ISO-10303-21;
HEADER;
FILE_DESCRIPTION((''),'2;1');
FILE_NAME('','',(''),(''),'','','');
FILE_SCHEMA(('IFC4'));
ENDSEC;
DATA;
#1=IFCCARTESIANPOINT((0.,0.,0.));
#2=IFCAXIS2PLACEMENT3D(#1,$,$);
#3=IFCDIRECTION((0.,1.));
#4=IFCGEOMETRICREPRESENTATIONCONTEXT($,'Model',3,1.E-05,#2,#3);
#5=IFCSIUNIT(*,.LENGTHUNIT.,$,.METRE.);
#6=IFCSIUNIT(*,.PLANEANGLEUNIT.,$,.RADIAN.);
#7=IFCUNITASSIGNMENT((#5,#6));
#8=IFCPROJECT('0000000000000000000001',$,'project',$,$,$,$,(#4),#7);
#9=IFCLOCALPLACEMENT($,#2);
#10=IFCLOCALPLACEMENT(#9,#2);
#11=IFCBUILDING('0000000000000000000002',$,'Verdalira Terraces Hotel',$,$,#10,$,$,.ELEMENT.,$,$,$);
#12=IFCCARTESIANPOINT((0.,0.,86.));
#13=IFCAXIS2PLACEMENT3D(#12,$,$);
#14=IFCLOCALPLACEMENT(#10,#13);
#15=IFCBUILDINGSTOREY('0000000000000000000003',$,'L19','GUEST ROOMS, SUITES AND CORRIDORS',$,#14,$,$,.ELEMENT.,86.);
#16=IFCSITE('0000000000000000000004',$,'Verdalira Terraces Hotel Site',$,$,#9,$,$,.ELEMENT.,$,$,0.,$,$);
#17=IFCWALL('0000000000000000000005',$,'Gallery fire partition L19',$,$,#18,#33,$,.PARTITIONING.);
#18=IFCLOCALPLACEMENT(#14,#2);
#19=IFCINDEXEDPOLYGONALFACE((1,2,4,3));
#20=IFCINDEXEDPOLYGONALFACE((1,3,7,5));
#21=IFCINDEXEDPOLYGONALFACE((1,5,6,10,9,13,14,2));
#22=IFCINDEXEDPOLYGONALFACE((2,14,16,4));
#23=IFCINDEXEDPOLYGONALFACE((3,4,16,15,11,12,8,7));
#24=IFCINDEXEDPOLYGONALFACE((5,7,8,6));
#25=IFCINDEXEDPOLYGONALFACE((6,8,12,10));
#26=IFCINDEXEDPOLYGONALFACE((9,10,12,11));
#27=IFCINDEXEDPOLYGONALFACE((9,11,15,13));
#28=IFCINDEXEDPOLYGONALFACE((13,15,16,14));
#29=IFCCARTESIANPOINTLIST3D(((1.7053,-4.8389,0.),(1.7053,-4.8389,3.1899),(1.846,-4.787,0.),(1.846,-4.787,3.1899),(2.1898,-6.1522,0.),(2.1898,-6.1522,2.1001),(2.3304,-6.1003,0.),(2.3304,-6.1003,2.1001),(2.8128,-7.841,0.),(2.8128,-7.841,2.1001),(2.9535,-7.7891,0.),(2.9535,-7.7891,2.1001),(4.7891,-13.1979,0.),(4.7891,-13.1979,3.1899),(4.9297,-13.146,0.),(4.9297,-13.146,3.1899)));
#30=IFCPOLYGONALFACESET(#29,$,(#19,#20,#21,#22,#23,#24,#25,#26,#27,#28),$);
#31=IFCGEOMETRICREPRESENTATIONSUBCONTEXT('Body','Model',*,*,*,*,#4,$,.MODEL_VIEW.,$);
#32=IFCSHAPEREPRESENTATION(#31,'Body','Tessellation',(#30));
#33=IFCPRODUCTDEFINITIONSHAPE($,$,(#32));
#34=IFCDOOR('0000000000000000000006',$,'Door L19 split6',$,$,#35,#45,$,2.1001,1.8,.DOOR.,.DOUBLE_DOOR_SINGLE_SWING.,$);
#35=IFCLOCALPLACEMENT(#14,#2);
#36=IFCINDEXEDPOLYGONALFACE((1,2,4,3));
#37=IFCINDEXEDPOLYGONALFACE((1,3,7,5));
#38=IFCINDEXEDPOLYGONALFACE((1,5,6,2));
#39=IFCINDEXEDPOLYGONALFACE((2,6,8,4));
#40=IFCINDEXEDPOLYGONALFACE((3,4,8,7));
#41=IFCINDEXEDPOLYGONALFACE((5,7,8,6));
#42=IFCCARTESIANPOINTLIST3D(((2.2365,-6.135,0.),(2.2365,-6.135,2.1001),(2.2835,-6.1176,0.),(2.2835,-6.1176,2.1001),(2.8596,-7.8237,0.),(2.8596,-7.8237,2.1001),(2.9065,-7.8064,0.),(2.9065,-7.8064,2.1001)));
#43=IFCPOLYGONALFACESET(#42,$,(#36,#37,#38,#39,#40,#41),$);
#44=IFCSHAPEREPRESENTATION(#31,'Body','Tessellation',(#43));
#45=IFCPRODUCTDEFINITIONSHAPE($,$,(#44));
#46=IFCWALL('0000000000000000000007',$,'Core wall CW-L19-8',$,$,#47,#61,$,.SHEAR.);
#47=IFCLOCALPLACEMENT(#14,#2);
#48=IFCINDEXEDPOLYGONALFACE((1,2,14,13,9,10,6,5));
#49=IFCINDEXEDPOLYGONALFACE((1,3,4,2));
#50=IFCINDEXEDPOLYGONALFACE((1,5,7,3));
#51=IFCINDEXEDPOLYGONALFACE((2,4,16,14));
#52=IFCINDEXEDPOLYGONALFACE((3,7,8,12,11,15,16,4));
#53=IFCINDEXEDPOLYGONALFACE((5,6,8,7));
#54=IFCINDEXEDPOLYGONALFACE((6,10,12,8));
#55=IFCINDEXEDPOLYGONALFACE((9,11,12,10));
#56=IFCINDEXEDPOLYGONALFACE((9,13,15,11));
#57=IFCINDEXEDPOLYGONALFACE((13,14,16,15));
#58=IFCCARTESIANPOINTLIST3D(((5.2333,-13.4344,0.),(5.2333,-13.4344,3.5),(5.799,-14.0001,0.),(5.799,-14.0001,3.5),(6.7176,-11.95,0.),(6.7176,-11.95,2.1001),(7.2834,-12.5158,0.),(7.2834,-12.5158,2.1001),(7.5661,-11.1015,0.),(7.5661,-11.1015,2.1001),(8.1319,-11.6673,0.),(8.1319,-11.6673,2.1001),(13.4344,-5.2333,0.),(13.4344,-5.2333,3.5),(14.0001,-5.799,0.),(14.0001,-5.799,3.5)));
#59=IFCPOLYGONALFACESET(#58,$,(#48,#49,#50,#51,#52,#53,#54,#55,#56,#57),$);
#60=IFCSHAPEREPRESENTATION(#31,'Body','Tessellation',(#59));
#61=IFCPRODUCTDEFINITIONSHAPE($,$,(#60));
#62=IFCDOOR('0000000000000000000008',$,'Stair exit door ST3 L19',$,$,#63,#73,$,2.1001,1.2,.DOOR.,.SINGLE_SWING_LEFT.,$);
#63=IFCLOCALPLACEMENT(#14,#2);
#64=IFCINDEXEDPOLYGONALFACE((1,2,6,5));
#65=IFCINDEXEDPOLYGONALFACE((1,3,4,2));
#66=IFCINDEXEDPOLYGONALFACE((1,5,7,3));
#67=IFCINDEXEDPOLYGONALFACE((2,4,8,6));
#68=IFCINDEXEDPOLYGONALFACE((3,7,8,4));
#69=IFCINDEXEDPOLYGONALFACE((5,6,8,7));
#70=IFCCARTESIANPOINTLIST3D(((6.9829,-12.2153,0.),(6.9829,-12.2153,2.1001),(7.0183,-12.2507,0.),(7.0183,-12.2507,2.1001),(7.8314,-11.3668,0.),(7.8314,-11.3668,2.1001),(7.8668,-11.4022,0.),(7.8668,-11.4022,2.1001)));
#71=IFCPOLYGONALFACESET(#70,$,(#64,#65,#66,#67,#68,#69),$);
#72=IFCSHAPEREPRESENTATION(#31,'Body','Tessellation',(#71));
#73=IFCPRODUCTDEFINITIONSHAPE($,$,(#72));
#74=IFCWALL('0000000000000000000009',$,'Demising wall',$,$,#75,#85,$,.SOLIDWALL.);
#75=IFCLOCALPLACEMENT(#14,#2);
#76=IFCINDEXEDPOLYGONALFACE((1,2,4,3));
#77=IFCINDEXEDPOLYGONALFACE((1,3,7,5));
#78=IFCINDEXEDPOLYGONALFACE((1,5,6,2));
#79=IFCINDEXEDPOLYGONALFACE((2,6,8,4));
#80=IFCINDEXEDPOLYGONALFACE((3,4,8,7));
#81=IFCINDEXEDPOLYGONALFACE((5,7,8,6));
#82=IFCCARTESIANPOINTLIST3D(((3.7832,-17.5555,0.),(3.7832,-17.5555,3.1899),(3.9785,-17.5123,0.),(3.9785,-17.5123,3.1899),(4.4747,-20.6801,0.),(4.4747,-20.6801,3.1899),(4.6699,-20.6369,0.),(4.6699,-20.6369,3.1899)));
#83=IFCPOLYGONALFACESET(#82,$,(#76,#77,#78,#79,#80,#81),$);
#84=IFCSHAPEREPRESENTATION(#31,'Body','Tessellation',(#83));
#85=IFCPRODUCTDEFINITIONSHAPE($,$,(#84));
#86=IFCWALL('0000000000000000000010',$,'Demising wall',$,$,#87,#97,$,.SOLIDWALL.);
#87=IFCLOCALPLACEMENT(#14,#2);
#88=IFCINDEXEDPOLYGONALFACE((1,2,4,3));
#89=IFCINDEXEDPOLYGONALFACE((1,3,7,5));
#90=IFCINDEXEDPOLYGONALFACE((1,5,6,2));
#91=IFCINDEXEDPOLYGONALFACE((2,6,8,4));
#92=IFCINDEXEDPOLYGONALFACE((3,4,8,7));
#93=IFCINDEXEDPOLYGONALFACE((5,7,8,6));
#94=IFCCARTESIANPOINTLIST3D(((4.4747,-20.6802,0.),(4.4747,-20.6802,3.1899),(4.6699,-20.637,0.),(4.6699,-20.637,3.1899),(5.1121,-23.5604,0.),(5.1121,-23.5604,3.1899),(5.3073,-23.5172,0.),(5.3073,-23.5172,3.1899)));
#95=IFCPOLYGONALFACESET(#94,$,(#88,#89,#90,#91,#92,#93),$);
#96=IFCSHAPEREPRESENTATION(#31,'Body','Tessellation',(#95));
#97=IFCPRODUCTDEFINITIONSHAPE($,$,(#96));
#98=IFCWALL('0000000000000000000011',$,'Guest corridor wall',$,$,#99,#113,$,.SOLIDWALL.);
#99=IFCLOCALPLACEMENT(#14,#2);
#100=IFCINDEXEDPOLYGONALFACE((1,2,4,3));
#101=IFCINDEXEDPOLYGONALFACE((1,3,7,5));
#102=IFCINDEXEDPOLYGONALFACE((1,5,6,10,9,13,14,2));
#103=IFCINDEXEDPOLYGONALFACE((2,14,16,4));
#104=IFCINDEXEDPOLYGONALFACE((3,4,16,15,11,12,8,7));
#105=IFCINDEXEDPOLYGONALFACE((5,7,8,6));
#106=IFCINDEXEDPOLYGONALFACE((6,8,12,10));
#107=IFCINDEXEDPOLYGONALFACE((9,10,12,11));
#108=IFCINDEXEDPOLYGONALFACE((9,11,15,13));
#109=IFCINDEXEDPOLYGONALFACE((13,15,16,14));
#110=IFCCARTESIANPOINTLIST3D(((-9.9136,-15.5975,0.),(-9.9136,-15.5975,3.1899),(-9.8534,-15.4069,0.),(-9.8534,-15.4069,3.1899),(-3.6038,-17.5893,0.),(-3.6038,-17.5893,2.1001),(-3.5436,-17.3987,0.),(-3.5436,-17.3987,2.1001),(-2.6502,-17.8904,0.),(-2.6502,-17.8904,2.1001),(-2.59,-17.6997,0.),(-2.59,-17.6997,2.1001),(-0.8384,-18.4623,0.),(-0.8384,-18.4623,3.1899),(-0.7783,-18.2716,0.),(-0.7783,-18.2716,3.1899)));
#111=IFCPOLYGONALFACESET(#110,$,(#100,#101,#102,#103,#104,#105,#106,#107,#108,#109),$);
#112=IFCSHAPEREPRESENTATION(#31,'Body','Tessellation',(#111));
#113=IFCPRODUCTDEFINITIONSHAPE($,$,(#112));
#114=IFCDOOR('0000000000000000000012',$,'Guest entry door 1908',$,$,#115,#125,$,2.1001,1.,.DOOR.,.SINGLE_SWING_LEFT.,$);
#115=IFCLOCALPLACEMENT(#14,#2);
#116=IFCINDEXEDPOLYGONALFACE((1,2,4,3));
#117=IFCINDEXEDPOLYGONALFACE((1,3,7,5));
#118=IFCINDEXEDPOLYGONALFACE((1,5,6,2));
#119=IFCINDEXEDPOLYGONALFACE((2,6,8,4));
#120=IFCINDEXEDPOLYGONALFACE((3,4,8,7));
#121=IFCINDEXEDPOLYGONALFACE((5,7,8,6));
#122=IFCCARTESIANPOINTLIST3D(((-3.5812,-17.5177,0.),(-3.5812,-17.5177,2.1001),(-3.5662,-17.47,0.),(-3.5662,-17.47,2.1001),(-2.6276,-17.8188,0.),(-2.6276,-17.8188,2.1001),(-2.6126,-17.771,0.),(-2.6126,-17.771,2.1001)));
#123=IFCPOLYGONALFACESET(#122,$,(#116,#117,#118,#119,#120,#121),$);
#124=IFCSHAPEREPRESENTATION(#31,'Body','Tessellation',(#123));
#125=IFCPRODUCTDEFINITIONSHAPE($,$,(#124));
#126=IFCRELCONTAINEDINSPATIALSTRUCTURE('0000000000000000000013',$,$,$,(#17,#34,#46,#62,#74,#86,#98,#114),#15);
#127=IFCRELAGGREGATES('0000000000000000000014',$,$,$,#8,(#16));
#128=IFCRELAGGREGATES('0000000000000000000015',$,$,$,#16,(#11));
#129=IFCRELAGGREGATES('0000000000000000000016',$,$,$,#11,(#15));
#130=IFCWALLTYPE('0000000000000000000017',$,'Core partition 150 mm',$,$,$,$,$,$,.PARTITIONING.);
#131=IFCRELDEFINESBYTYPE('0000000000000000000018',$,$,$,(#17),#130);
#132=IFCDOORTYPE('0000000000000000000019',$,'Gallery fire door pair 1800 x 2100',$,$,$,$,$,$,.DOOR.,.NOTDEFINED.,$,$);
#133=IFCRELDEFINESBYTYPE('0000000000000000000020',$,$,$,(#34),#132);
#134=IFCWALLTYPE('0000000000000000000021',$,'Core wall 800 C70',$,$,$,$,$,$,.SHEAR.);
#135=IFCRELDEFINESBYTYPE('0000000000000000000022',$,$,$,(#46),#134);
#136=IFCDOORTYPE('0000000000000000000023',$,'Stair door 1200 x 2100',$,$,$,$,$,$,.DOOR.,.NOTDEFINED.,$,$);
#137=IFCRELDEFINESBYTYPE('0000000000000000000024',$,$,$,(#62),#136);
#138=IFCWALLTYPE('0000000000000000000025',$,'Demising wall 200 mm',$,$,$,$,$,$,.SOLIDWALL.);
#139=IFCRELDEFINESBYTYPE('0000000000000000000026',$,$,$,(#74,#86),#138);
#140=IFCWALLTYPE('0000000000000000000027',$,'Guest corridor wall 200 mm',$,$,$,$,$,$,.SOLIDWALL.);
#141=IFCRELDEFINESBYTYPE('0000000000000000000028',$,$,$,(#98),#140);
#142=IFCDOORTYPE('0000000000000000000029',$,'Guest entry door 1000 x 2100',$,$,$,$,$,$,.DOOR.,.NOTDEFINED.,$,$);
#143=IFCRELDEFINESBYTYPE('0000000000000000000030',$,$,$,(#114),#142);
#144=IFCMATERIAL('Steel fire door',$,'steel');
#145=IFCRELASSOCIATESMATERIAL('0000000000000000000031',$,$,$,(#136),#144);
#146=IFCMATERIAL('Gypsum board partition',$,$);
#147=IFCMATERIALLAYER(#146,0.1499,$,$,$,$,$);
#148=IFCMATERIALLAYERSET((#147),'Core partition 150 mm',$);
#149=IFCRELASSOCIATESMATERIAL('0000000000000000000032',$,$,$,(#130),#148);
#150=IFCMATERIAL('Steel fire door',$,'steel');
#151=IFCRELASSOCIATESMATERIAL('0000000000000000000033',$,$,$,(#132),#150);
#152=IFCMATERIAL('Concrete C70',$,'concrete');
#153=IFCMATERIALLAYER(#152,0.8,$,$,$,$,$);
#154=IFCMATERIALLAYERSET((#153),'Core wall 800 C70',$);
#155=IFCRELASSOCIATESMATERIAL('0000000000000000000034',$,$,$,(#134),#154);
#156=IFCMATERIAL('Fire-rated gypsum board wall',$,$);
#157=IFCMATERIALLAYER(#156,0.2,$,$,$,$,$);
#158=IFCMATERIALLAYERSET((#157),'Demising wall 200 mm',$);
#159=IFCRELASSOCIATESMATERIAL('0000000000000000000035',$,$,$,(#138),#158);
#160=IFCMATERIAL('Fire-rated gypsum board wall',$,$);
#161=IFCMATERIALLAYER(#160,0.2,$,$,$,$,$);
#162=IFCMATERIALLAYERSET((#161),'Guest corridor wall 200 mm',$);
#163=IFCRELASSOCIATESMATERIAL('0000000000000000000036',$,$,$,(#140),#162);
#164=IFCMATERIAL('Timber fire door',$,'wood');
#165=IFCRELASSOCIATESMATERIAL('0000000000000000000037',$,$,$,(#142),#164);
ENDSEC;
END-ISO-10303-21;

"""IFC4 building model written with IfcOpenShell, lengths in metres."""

from ifc_helpers import new_model, si_unit, direction, frame, frame_2d, origin, place, context, subcontext, project, spatial, rectangle, extrude, material, layer, layer_set, type_object, element, fill, save


model = new_model("IFC4")

# Units and contexts
model_context = context("Model", 3, precision=1e-05, world=origin(), true_north=direction((0.0, 1.0)))
body_context = subcontext(model_context, "Body", "Model", "MODEL_VIEW")
ifc_project = project(units=[si_unit("LENGTHUNIT", "METRE"), si_unit("PLANEANGLEUNIT", "RADIAN")], contexts=[model_context])

# Site, building, storey
site_placement = place(None, origin())
site = spatial("IfcSite", under=ifc_project, at=site_placement, Name="Verdalira Terraces Hotel Site", CompositionType="ELEMENT", RefElevation=0.0)
building_placement = place(site_placement, origin())
building = spatial("IfcBuilding", under=site, at=building_placement, Name="Verdalira Terraces Hotel", CompositionType="ELEMENT")
storey_placement = place(building_placement, frame((0.0, 0.0, 86.0)))
storey = spatial("IfcBuildingStorey", under=building, at=storey_placement, Name="L19", Description="GUEST ROOMS, SUITES AND CORRIDORS", CompositionType="ELEMENT", Elevation=86.0)

# Shared definitions
ifc_material_1 = material(Name="Steel fire door", Category="steel")
door_type_1 = type_object("IfcDoorType", Name="Stair door 1200 x 2100", OperationType="NOTDEFINED", PredefinedType="DOOR", material=ifc_material_1)

# Walls, openings, doors
ifc_material_2 = material(Name="Gypsum board partition")
ifc_layer_1 = layer(ifc_material_2, 0.1499)
ifc_layer_set_1 = layer_set([ifc_layer_1], Name="Core partition 150 mm")
wall_type_1 = type_object("IfcWallType", Name="Core partition 150 mm", PredefinedType="PARTITIONING", material=ifc_layer_set_1)
wall_1_placement = place(storey_placement, frame((1.7756, -4.813, 0.0), z_axis=(0.0, 0.0, 1.0), x_axis=(0.346115, -0.938192, 0.0)))
wall_1 = element("IfcWall", 1, at=wall_1_placement, inside=storey, type_object=wall_type_1, Name="Gallery fire partition L19", PredefinedType="PARTITIONING", context=body_context, shape_type="SweptSolid", body=[
    extrude(rectangle(XDim=8.9097, YDim=0.1499, at=frame_2d((4.4548, 0.0))), origin(), (0.0, 0.0, 1.0), 3.1899),
])
opening_1_placement = place(wall_1_placement, frame((1.3999, 0.0, 0.0)))
opening_1 = element("IfcOpeningElement", 2, at=opening_1_placement, cuts=wall_1, PredefinedType="OPENING", context=body_context, shape_type="SweptSolid", body=[
    extrude(rectangle(XDim=1.8, YDim=2.1001, at=frame_2d((0.8999, 1.05))), frame((0.0, 0.085, 0.0), z_axis=(0.0, -1.0, 0.0), x_axis=(1.0, 0.0, 0.0)), (0.0, 0.0, 1.0), 0.1699),
])
ifc_material_3 = material(Name="Steel fire door", Category="steel")
door_type_2 = type_object("IfcDoorType", Name="Gallery fire door pair 1800 x 2100", OperationType="NOTDEFINED", PredefinedType="DOOR", material=ifc_material_3)
door_1_placement = place(opening_1_placement, origin())
door_1 = element("IfcDoor", 3, at=door_1_placement, inside=storey, type_object=door_type_2, Name="Door L19 split6", OperationType="DOUBLE_DOOR_SINGLE_SWING", OverallHeight=2.1001, OverallWidth=1.8, PredefinedType="DOOR", context=body_context, shape_type="SweptSolid", body=[
    extrude(rectangle(XDim=1.8, YDim=2.1001, at=frame_2d((0.8999, 1.05))), frame((0.0, 0.0249, 0.0), z_axis=(0.0, -1.0, 0.0), x_axis=(1.0, 0.0, 0.0)), (0.0, 0.0, 1.0), 0.05),
])
fill(opening_1, door_1)
ifc_material_4 = material(Name="Concrete C70", Category="concrete")
ifc_layer_2 = layer(ifc_material_4, 0.8)
ifc_layer_set_2 = layer_set([ifc_layer_2], Name="Core wall 800 C70")
wall_type_2 = type_object("IfcWallType", Name="Core wall 800 C70", PredefinedType="SHEAR", material=ifc_layer_set_2)
wall_2_placement = place(storey_placement, frame((5.5161, -13.7173, 0.0), z_axis=(0.0, 0.0, 1.0), x_axis=(0.707107, 0.707107, 0.0)))
wall_2 = element("IfcWall", 4, at=wall_2_placement, inside=storey, type_object=wall_type_2, Name="Core wall CW-L19-8", PredefinedType="SHEAR", context=body_context, shape_type="SweptSolid", body=[
    extrude(rectangle(XDim=11.5981, YDim=0.8, at=frame_2d((5.7991, 0.0))), origin(), (0.0, 0.0, 1.0), 3.5),
])
opening_2_placement = place(wall_2_placement, frame((2.0991, 0.0, 0.0)))
opening_2 = element("IfcOpeningElement", 5, at=opening_2_placement, cuts=wall_2, PredefinedType="OPENING", context=body_context, shape_type="SweptSolid", body=[
    extrude(rectangle(XDim=1.2, YDim=2.1001, at=frame_2d((0.6001, 1.05))), frame((0.0, 0.4099, 0.0), z_axis=(0.0, -1.0, 0.0), x_axis=(1.0, 0.0, 0.0)), (0.0, 0.0, 1.0), 0.8201),
])
door_2_placement = place(opening_2_placement, origin())
door_2 = element("IfcDoor", 6, at=door_2_placement, inside=storey, type_object=door_type_1, Name="Stair exit door ST3 L19", OperationType="SINGLE_SWING_LEFT", OverallHeight=2.1001, OverallWidth=1.2, PredefinedType="DOOR", context=body_context, shape_type="SweptSolid", body=[
    extrude(rectangle(XDim=1.2, YDim=2.1001, at=frame_2d((0.6001, 1.05))), frame((0.0, 0.0249, 0.0), z_axis=(0.0, -1.0, 0.0), x_axis=(1.0, 0.0, 0.0)), (0.0, 0.0, 1.0), 0.05),
])
fill(opening_2, door_2)

# Walls
ifc_material_5 = material(Name="Fire-rated gypsum board wall")
ifc_layer_3 = layer(ifc_material_5, 0.2)
ifc_layer_set_3 = layer_set([ifc_layer_3], Name="Demising wall 200 mm")
wall_type_3 = type_object("IfcWallType", Name="Demising wall 200 mm", PredefinedType="SOLIDWALL", material=ifc_layer_set_3)
wall_3_placement = place(storey_placement, frame((3.8809, -17.5339, 0.0), z_axis=(0.0, 0.0, 1.0), x_axis=(0.216058, -0.976381, 0.0)))
element("IfcWall", 7, at=wall_3_placement, inside=storey, type_object=wall_type_3, Name="Demising wall", PredefinedType="SOLIDWALL", context=body_context, shape_type="SweptSolid", body=[
    extrude(rectangle(XDim=3.2002, YDim=0.2, at=frame_2d((1.6001, 0.0))), origin(), (0.0, 0.0, 1.0), 3.1899),
])
wall_4_placement = place(storey_placement, frame((4.5723, -20.6584, 0.0), z_axis=(0.0, 0.0, 1.0), x_axis=(0.21608, -0.976376, 0.0)))
element("IfcWall", 8, at=wall_4_placement, inside=storey, type_object=wall_type_3, Name="Demising wall", PredefinedType="SOLIDWALL", context=body_context, shape_type="SweptSolid", body=[
    extrude(rectangle(XDim=2.95, YDim=0.2, at=frame_2d((1.4751, 0.0))), origin(), (0.0, 0.0, 1.0), 3.1899),
])

# Wall, opening, door
ifc_material_6 = material(Name="Fire-rated gypsum board wall")
ifc_layer_4 = layer(ifc_material_6, 0.2)
ifc_layer_set_4 = layer_set([ifc_layer_4], Name="Guest corridor wall 200 mm")
wall_type_4 = type_object("IfcWallType", Name="Guest corridor wall 200 mm", PredefinedType="SOLIDWALL", material=ifc_layer_set_4)
wall_5_placement = place(storey_placement, frame((-0.8084, -18.3669, 0.0), z_axis=(0.0, 0.0, 1.0), x_axis=(-0.953616, 0.301026, 0.0)))
wall_5 = element("IfcWall", 9, at=wall_5_placement, inside=storey, type_object=wall_type_4, Name="Guest corridor wall", PredefinedType="SOLIDWALL", context=body_context, shape_type="SweptSolid", body=[
    extrude(rectangle(XDim=9.5166, YDim=0.2, at=frame_2d((4.7583, 0.0))), origin(), (0.0, 0.0, 1.0), 3.1899),
])
opening_3_placement = place(wall_5_placement, frame((1.8999, 0.0, 0.0)))
opening_3 = element("IfcOpeningElement", 10, at=opening_3_placement, cuts=wall_5, PredefinedType="OPENING", context=body_context, shape_type="SweptSolid", body=[
    extrude(rectangle(XDim=1.0, YDim=2.1001, at=frame_2d((0.5, 1.05))), frame((0.0, 0.1099, 0.0), z_axis=(0.0, -1.0, 0.0), x_axis=(1.0, 0.0, 0.0)), (0.0, 0.0, 1.0), 0.22),
])
ifc_material_7 = material(Name="Timber fire door", Category="wood")
door_type_3 = type_object("IfcDoorType", Name="Guest entry door 1000 x 2100", OperationType="NOTDEFINED", PredefinedType="DOOR", material=ifc_material_7)
door_3_placement = place(opening_3_placement, origin())
door_3 = element("IfcDoor", 11, at=door_3_placement, inside=storey, type_object=door_type_3, Name="Guest entry door 1908", OperationType="SINGLE_SWING_LEFT", OverallHeight=2.1001, OverallWidth=1.0, PredefinedType="DOOR", context=body_context, shape_type="SweptSolid", body=[
    extrude(rectangle(XDim=1.0, YDim=2.1001, at=frame_2d((0.5, 1.05))), frame((0.0, 0.0249, 0.0), z_axis=(0.0, -1.0, 0.0), x_axis=(1.0, 0.0, 0.0)), (0.0, 0.0, 1.0), 0.05),
])
fill(opening_3, door_3)

save(model, "model.ifc")
